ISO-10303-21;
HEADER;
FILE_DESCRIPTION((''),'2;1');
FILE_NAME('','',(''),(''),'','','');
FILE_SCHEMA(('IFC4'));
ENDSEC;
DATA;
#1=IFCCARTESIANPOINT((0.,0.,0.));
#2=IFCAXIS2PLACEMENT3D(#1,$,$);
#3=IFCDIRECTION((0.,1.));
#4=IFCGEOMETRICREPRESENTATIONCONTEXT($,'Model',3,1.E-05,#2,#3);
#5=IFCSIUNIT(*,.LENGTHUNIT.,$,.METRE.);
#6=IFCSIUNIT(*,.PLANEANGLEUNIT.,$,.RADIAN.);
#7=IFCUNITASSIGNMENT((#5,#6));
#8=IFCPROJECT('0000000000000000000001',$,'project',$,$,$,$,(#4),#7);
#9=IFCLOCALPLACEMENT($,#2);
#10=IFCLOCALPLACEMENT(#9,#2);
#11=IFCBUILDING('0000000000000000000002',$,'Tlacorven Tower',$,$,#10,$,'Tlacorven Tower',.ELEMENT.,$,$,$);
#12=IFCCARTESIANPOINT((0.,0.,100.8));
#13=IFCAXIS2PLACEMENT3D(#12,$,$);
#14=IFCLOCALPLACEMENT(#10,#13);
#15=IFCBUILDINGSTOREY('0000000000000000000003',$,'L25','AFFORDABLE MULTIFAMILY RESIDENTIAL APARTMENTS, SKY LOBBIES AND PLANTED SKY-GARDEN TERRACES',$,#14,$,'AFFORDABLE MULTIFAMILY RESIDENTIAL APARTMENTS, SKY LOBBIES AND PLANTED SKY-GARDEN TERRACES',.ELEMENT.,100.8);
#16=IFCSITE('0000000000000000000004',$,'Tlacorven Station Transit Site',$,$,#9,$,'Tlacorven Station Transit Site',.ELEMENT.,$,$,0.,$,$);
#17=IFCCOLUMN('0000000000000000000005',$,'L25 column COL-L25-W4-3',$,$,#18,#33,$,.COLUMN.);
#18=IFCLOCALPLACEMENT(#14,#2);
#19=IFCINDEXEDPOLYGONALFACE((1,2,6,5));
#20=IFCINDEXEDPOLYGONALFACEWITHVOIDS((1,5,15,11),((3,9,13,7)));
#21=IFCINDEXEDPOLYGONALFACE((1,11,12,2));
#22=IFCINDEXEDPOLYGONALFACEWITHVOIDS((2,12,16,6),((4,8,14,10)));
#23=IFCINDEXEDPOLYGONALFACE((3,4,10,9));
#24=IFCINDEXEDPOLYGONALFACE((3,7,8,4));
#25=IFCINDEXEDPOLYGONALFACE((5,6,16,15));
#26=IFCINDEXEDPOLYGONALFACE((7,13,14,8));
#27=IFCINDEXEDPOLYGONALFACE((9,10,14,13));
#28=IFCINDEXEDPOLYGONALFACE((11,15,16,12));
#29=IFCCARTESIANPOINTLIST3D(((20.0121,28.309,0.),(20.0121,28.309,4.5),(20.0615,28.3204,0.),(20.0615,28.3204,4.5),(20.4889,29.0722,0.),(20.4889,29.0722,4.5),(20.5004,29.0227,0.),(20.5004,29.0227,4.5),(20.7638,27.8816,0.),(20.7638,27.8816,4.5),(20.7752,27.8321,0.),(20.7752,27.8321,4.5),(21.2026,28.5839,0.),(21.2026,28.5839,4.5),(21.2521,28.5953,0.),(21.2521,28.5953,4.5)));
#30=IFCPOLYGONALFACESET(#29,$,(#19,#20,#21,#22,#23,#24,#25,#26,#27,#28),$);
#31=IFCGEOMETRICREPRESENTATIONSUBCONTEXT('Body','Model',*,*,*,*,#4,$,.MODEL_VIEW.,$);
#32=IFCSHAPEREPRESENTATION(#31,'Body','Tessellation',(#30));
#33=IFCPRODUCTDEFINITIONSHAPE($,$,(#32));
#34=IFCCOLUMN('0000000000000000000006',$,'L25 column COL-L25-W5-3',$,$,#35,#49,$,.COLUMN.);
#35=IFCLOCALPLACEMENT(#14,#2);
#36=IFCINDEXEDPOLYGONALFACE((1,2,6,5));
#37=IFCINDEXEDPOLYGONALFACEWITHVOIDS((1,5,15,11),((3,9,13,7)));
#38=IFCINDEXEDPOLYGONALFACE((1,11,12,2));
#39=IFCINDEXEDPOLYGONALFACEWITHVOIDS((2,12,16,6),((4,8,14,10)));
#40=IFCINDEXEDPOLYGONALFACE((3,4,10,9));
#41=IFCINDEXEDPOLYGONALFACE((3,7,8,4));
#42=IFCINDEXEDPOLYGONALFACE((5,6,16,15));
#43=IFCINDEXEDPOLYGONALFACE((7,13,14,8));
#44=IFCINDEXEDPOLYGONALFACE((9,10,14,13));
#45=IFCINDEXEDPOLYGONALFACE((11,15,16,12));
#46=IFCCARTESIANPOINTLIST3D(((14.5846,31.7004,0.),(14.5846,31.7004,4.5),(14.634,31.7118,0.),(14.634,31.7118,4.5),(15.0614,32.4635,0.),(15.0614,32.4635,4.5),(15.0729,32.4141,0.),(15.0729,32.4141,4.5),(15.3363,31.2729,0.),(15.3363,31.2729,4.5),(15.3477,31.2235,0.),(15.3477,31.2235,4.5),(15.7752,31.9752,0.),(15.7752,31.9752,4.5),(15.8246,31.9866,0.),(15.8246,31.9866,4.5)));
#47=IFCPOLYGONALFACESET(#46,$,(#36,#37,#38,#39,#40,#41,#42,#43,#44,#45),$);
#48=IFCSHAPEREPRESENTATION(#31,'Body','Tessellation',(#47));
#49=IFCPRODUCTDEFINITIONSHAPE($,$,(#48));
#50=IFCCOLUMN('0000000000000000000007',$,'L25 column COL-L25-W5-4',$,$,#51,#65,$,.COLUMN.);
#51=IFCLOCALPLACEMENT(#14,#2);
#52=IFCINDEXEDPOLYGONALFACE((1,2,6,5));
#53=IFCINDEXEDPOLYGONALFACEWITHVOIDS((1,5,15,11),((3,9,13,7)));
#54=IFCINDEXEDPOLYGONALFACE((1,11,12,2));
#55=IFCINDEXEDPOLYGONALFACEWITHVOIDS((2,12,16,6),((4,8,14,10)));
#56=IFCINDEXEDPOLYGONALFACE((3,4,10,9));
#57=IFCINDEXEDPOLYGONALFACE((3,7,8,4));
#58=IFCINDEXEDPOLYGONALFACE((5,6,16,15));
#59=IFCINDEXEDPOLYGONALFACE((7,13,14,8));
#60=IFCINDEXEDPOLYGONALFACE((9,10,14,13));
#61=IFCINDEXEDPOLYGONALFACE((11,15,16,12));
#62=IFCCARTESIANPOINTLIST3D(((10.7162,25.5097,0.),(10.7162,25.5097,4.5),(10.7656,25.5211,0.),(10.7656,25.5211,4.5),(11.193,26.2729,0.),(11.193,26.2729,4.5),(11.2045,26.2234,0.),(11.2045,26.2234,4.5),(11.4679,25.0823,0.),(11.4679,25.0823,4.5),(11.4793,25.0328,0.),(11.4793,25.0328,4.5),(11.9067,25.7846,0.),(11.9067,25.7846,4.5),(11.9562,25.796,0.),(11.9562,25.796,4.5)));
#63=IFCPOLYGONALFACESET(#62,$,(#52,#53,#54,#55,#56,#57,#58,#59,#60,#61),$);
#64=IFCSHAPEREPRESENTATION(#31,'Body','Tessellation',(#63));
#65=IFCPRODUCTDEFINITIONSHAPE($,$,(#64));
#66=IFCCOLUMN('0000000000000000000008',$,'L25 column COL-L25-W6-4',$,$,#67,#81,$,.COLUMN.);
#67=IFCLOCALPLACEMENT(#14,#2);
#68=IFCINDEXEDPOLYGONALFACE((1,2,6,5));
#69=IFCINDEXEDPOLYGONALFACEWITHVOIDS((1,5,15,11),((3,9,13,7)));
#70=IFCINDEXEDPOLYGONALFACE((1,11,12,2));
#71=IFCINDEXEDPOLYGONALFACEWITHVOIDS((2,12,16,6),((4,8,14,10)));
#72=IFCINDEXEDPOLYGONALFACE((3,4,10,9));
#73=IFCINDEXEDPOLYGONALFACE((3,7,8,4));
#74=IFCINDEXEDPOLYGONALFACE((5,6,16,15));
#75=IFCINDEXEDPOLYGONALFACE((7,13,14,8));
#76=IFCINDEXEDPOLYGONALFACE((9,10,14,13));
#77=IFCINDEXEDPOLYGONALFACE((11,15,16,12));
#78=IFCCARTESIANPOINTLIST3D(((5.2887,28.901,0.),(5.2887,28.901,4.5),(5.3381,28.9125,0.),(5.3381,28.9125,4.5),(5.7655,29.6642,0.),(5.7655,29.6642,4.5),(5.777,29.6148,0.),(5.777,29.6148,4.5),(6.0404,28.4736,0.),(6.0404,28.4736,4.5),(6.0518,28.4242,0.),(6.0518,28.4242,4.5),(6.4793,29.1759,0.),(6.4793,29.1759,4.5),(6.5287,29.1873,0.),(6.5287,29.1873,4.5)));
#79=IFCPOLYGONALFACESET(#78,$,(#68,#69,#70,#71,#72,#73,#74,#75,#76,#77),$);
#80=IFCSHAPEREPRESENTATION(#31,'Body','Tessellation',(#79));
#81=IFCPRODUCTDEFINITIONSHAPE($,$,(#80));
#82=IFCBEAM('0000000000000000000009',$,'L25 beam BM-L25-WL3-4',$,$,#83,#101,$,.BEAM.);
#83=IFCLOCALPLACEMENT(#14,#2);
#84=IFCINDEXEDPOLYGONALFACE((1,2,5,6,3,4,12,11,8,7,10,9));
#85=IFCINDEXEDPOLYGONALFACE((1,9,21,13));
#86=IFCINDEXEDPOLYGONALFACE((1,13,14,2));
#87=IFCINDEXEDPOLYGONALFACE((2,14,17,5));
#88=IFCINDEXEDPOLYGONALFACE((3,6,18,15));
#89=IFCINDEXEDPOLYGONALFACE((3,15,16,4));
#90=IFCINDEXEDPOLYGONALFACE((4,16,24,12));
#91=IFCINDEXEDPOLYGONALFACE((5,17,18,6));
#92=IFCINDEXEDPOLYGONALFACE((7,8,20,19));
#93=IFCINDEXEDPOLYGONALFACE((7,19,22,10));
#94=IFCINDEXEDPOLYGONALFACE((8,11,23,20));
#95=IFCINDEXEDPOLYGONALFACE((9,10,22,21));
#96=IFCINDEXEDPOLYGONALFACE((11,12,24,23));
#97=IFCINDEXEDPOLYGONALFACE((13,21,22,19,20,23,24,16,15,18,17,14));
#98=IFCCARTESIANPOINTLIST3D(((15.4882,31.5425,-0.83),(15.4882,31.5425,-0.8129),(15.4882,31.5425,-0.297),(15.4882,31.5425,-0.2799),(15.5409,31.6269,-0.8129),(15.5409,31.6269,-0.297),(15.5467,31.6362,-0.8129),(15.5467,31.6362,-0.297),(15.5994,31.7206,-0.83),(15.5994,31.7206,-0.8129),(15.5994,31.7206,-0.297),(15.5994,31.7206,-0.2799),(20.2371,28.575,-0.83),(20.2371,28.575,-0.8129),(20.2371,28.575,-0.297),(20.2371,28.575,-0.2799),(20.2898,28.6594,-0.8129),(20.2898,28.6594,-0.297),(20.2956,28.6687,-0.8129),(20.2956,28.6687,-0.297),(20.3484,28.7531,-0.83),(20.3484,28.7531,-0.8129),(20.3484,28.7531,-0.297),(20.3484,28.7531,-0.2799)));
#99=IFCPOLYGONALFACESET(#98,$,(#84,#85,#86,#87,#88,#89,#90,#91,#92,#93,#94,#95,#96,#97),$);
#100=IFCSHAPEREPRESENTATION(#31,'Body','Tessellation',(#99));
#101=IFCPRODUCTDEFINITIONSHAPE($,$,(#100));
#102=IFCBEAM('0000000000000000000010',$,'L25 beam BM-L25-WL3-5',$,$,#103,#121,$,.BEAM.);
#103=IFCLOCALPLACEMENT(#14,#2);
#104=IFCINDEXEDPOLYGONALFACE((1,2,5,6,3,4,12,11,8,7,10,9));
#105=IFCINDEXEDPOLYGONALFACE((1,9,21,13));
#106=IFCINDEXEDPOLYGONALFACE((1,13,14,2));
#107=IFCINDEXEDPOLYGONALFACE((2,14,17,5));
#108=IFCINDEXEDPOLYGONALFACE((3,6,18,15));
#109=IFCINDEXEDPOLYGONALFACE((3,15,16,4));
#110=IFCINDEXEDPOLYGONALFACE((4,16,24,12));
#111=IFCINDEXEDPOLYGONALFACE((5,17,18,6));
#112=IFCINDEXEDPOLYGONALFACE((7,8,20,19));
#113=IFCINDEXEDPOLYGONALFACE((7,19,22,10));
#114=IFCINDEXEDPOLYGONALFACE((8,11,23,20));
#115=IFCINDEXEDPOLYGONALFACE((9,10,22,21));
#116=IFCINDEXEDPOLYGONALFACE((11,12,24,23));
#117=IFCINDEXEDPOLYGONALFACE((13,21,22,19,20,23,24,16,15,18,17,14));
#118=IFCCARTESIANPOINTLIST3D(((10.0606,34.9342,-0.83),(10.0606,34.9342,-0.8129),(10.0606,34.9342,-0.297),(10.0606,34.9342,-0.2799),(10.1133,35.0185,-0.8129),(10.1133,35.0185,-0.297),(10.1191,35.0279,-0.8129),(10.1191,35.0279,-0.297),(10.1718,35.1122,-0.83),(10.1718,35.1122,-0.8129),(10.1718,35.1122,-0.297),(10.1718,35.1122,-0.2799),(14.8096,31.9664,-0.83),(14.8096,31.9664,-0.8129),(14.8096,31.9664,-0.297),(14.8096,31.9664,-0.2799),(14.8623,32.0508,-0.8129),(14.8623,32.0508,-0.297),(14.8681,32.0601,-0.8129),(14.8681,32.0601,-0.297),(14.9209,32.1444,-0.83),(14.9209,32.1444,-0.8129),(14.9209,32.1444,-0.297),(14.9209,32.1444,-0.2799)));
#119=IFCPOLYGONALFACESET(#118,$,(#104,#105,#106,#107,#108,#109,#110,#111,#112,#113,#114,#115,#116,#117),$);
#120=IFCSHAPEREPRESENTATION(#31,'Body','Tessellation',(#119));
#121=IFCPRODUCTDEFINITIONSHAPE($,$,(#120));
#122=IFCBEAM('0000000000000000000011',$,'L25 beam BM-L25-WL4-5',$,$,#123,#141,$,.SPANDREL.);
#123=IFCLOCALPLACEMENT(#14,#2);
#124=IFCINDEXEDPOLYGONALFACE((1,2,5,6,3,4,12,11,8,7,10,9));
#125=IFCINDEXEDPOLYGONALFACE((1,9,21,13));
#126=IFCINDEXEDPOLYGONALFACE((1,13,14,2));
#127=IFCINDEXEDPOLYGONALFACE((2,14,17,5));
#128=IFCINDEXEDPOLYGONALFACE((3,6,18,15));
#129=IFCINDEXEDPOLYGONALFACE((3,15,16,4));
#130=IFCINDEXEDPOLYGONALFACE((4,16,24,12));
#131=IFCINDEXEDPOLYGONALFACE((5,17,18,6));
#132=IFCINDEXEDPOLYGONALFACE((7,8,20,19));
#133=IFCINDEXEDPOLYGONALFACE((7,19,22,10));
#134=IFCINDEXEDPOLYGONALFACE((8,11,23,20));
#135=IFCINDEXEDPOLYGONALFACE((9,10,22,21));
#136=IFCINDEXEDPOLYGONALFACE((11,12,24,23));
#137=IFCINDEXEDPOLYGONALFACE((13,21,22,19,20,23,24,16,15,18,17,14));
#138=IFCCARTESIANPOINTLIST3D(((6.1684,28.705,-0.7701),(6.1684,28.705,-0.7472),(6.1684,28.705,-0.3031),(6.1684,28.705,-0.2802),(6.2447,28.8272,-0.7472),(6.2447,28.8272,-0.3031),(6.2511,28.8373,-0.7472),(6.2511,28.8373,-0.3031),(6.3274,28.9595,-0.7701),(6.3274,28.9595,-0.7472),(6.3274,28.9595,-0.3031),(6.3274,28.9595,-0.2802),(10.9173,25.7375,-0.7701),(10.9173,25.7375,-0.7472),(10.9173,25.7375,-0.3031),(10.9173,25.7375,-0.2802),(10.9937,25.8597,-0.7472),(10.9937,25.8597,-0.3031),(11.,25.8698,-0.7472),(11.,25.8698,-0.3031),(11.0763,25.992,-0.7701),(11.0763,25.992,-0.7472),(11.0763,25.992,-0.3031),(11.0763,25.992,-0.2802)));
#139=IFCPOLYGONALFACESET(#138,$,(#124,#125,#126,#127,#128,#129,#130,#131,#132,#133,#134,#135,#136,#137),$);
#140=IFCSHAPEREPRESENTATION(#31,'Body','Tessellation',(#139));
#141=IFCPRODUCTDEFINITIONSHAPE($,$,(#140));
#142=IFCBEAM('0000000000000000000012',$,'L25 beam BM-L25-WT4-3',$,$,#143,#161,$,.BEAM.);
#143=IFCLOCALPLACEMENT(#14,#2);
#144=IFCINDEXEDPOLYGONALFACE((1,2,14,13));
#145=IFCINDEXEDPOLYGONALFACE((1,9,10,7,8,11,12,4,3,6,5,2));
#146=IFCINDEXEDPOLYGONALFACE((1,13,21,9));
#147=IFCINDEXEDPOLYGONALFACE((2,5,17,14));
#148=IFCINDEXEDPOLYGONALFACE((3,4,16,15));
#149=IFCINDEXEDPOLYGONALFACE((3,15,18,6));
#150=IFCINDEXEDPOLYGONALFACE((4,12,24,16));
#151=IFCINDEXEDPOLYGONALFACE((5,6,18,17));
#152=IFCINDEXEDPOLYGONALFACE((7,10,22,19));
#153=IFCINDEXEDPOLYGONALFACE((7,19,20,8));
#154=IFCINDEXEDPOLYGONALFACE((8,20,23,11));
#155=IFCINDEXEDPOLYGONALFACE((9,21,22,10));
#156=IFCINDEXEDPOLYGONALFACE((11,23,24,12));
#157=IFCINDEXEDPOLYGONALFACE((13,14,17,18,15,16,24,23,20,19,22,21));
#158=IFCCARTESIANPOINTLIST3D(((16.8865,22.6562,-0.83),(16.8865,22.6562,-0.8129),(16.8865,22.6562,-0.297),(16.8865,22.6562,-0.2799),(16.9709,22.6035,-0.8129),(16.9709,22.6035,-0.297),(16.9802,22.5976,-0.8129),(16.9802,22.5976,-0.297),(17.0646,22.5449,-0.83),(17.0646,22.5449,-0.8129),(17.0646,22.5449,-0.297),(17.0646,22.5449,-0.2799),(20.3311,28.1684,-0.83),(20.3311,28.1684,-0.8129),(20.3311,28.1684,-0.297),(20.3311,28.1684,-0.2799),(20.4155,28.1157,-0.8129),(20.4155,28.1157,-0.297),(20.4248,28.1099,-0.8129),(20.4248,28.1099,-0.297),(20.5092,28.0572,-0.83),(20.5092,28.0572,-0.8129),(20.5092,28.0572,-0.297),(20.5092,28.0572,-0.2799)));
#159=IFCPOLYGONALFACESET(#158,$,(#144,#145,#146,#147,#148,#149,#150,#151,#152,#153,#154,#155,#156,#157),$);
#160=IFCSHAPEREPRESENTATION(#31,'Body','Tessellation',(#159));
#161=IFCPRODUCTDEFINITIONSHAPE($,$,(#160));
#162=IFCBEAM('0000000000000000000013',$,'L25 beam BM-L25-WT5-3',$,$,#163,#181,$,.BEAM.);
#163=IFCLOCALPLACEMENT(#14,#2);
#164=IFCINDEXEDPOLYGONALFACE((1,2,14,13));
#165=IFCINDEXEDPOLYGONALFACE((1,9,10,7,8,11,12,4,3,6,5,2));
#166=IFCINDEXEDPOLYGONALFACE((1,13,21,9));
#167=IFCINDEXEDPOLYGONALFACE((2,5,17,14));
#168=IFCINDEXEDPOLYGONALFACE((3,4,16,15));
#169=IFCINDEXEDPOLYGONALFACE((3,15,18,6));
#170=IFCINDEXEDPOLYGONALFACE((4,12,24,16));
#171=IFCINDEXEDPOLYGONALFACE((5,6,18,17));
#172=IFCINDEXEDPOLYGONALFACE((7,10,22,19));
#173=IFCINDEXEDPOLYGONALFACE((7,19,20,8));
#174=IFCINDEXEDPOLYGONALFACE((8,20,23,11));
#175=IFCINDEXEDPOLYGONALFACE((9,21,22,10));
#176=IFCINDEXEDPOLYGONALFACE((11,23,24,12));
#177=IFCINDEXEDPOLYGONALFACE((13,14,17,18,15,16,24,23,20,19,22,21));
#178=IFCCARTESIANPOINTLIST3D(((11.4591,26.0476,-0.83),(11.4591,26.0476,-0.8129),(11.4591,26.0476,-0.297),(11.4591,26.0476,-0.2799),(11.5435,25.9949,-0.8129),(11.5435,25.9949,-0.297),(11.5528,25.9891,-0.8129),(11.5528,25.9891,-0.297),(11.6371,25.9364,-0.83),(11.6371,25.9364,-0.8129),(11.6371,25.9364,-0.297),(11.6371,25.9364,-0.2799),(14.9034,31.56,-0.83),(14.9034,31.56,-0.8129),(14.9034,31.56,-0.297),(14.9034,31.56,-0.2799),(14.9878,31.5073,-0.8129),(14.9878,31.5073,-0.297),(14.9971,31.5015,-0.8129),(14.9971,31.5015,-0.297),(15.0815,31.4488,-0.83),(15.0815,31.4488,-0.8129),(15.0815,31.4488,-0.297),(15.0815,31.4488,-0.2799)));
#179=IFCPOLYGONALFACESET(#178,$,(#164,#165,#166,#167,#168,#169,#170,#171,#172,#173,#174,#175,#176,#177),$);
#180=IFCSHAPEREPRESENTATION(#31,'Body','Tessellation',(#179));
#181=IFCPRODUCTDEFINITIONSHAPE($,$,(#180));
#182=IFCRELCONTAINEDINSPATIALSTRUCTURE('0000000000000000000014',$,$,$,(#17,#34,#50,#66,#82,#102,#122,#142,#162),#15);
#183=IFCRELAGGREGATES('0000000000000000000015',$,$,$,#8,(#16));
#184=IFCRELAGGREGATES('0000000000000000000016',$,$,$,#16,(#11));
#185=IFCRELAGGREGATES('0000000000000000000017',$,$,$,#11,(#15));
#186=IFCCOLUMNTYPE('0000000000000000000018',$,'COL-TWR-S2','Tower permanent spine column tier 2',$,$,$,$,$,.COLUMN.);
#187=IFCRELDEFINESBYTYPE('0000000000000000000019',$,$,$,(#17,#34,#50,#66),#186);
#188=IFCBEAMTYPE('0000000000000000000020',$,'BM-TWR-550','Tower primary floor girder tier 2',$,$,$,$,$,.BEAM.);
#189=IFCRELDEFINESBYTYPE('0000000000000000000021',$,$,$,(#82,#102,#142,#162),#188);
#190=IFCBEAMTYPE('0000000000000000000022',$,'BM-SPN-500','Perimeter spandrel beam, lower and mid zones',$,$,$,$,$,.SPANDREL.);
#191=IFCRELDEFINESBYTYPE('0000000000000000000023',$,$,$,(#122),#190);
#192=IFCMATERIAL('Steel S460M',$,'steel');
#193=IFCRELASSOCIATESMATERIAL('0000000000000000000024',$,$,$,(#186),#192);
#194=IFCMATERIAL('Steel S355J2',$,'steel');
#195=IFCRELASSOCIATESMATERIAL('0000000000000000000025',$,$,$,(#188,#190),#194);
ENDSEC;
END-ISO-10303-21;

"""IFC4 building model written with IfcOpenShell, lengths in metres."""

from ifc_helpers import new_model, si_unit, direction, frame, origin, origin_2d, place, context, subcontext, project, spatial, hollow_rectangle, i_section, extrude, source, transform, mapped, material, material_profile, profile_set, type_object, element, save


model = new_model("IFC4")

# Units and contexts
model_context = context("Model", 3, precision=1e-05, world=origin(), true_north=direction((0.0, 1.0)))
body_context = subcontext(model_context, "Body", "Model", "MODEL_VIEW")
ifc_project = project(units=[si_unit("LENGTHUNIT", "METRE"), si_unit("PLANEANGLEUNIT", "RADIAN")], contexts=[model_context])

# Site, building, storey
site_placement = place(None, origin())
site = spatial("IfcSite", under=ifc_project, at=site_placement, Name="Tlacorven Station Transit Site", LongName="Tlacorven Station Transit Site", CompositionType="ELEMENT", RefElevation=0.0)
building_placement = place(site_placement, origin())
building = spatial("IfcBuilding", under=site, at=building_placement, Name="Tlacorven Tower", LongName="Tlacorven Tower", CompositionType="ELEMENT")
storey_placement = place(building_placement, frame((0.0, 0.0, 100.8)))
storey = spatial("IfcBuildingStorey", under=building, at=storey_placement, Name="L25", Description="AFFORDABLE MULTIFAMILY RESIDENTIAL APARTMENTS, SKY LOBBIES AND PLANTED SKY-GARDEN TERRACES", LongName="AFFORDABLE MULTIFAMILY RESIDENTIAL APARTMENTS, SKY LOBBIES AND PLANTED SKY-GARDEN TERRACES", CompositionType="ELEMENT", Elevation=100.8)

# Columns
ifc_material_1 = material(Name="Steel S460M", Category="steel")
ifc_material_profile_1 = material_profile(ifc_material_1, hollow_rectangle(XDim=0.8999, YDim=0.8999, WallThickness=0.0359, at=origin_2d()), Name="BOX 900X900X36")
ifc_profile_set_1 = profile_set([ifc_material_profile_1], Name="Steel S460M")
column_type = type_object("IfcColumnType", Name="COL-TWR-S2", Description="Tower permanent spine column tier 2", PredefinedType="COLUMN", material=ifc_profile_set_1)
shared_shape_1 = source(origin(), body_context, "Body", "SweptSolid", [
    extrude(hollow_rectangle(XDim=0.8999, YDim=0.8999, WallThickness=0.0359, at=origin_2d()), origin(), (0.0, 0.0, 1.0), 4.5),
])
for number, where, z_axis, x_axis, name in (
    (1, (20.6321, 28.4521, 0.0), (0.0, 0.0, 1.0), (-0.848048, 0.529919, 0.0), "L25 column COL-L25-W4-3"),
    (2, (15.2046, 31.8435, 0.0), (0.0, 0.0, 1.0), (-0.848048, 0.529919, 0.0), "L25 column COL-L25-W5-3"),
    (3, (11.3362, 25.6528, 0.0), (0.0, 0.0, 1.0), (-0.848048, 0.529919, 0.0), "L25 column COL-L25-W5-4"),
    (4, (5.9087, 29.0442, 0.0), (0.0, 0.0, 1.0), (-0.848048, 0.529919, 0.0), "L25 column COL-L25-W6-4"),
):
    element("IfcColumn", number, at=place(storey_placement, frame(where, z_axis=z_axis, x_axis=x_axis)), inside=storey, type_object=column_type, Name=name, PredefinedType="COLUMN", context=body_context, shape_type="MappedRepresentation", body=[
        mapped(shared_shape_1, transform((0.0, 0.0, 0.0), scale=1.0)),
    ])

# Beams
ifc_material_2 = material(Name="Steel S355J2", Category="steel")
ifc_material_profile_2 = material_profile(ifc_material_2, i_section(OverallWidth=0.21, OverallDepth=0.55, WebThickness=0.011, FlangeThickness=0.0171, at=origin_2d()), Name="IPE 550")
ifc_profile_set_2 = profile_set([ifc_material_profile_2], Name="Steel S355J2")
beam_type_1 = type_object("IfcBeamType", Name="BM-TWR-550", Description="Tower primary floor girder tier 2", PredefinedType="BEAM", material=ifc_profile_set_2)
shared_shape_2 = source(origin(), body_context, "Body", "SweptSolid", [
    extrude(i_section(OverallWidth=0.21, OverallDepth=0.55, WebThickness=0.011, FlangeThickness=0.0171, at=origin_2d()), origin(), (0.0, 0.0, 1.0), 5.5999),
])
beam_1_placement = place(storey_placement, frame((20.2927, 28.6641, -0.5549), z_axis=(-0.848047, 0.529921, 0.0), x_axis=(-0.529921, -0.848047, 0.0)))
element("IfcBeam", 5, at=beam_1_placement, inside=storey, type_object=beam_type_1, Name="L25 beam BM-L25-WL3-4", PredefinedType="BEAM", context=body_context, shape_type="MappedRepresentation", body=[
    mapped(shared_shape_2, transform((0.0, 0.0, 0.0), scale=1.0)),
])
shared_shape_3 = source(origin(), body_context, "Body", "SweptSolid", [
    extrude(i_section(OverallWidth=0.21, OverallDepth=0.55, WebThickness=0.011, FlangeThickness=0.0171, at=origin_2d()), origin(), (0.0, 0.0, 1.0), 5.6001),
])
beam_2_placement = place(storey_placement, frame((14.8652, 32.0554, -0.5549), z_axis=(-0.848028, 0.529952, 0.0), x_axis=(-0.529952, -0.848028, 0.0)))
element("IfcBeam", 6, at=beam_2_placement, inside=storey, type_object=beam_type_1, Name="L25 beam BM-L25-WL3-5", PredefinedType="BEAM", context=body_context, shape_type="MappedRepresentation", body=[
    mapped(shared_shape_3, transform((0.0, 0.0, 0.0), scale=1.0)),
])
ifc_material_profile_3 = material_profile(ifc_material_2, i_section(OverallWidth=0.3, OverallDepth=0.49, WebThickness=0.012, FlangeThickness=0.0229, at=origin_2d()), Name="HEA 500")
ifc_profile_set_3 = profile_set([ifc_material_profile_3], Name="Steel S355J2")
beam_type_2 = type_object("IfcBeamType", Name="BM-SPN-500", Description="Perimeter spandrel beam, lower and mid zones", PredefinedType="SPANDREL", material=ifc_profile_set_3)
shared_shape_4 = source(origin(), body_context, "Body", "SweptSolid", [
    extrude(i_section(OverallWidth=0.3, OverallDepth=0.49, WebThickness=0.012, FlangeThickness=0.0229, at=origin_2d()), origin(), (0.0, 0.0, 1.0), 5.5999),
])
beam_3_placement = place(storey_placement, frame((10.9968, 25.8647, -0.5251), z_axis=(-0.848047, 0.529921, 0.0), x_axis=(-0.529921, -0.848047, 0.0)))
element("IfcBeam", 7, at=beam_3_placement, inside=storey, type_object=beam_type_2, Name="L25 beam BM-L25-WL4-5", PredefinedType="SPANDREL", context=body_context, shape_type="MappedRepresentation", body=[
    mapped(shared_shape_4, transform((0.0, 0.0, 0.0), scale=1.0)),
])
shared_shape_5 = source(origin(), body_context, "Body", "SweptSolid", [
    extrude(i_section(OverallWidth=0.21, OverallDepth=0.55, WebThickness=0.011, FlangeThickness=0.0171, at=origin_2d()), origin(), (0.0, 0.0, 1.0), 6.5),
])
for number, where, z_axis, x_axis, name in (
    (8, (20.4202, 28.1128, -0.5549), (-0.529938, -0.848036, 0.0), (0.848036, -0.529938, 0.0), "L25 beam BM-L25-WT4-3"),
    (9, (14.9924, 31.5044, -0.5549), (-0.529894, -0.848064, 0.0), (0.848064, -0.529894, 0.0), "L25 beam BM-L25-WT5-3"),
):
    element("IfcBeam", number, at=place(storey_placement, frame(where, z_axis=z_axis, x_axis=x_axis)), inside=storey, type_object=beam_type_1, Name=name, PredefinedType="BEAM", context=body_context, shape_type="MappedRepresentation", body=[
        mapped(shared_shape_5, transform((0.0, 0.0, 0.0), scale=1.0)),
    ])

save(model, "model.ifc")
